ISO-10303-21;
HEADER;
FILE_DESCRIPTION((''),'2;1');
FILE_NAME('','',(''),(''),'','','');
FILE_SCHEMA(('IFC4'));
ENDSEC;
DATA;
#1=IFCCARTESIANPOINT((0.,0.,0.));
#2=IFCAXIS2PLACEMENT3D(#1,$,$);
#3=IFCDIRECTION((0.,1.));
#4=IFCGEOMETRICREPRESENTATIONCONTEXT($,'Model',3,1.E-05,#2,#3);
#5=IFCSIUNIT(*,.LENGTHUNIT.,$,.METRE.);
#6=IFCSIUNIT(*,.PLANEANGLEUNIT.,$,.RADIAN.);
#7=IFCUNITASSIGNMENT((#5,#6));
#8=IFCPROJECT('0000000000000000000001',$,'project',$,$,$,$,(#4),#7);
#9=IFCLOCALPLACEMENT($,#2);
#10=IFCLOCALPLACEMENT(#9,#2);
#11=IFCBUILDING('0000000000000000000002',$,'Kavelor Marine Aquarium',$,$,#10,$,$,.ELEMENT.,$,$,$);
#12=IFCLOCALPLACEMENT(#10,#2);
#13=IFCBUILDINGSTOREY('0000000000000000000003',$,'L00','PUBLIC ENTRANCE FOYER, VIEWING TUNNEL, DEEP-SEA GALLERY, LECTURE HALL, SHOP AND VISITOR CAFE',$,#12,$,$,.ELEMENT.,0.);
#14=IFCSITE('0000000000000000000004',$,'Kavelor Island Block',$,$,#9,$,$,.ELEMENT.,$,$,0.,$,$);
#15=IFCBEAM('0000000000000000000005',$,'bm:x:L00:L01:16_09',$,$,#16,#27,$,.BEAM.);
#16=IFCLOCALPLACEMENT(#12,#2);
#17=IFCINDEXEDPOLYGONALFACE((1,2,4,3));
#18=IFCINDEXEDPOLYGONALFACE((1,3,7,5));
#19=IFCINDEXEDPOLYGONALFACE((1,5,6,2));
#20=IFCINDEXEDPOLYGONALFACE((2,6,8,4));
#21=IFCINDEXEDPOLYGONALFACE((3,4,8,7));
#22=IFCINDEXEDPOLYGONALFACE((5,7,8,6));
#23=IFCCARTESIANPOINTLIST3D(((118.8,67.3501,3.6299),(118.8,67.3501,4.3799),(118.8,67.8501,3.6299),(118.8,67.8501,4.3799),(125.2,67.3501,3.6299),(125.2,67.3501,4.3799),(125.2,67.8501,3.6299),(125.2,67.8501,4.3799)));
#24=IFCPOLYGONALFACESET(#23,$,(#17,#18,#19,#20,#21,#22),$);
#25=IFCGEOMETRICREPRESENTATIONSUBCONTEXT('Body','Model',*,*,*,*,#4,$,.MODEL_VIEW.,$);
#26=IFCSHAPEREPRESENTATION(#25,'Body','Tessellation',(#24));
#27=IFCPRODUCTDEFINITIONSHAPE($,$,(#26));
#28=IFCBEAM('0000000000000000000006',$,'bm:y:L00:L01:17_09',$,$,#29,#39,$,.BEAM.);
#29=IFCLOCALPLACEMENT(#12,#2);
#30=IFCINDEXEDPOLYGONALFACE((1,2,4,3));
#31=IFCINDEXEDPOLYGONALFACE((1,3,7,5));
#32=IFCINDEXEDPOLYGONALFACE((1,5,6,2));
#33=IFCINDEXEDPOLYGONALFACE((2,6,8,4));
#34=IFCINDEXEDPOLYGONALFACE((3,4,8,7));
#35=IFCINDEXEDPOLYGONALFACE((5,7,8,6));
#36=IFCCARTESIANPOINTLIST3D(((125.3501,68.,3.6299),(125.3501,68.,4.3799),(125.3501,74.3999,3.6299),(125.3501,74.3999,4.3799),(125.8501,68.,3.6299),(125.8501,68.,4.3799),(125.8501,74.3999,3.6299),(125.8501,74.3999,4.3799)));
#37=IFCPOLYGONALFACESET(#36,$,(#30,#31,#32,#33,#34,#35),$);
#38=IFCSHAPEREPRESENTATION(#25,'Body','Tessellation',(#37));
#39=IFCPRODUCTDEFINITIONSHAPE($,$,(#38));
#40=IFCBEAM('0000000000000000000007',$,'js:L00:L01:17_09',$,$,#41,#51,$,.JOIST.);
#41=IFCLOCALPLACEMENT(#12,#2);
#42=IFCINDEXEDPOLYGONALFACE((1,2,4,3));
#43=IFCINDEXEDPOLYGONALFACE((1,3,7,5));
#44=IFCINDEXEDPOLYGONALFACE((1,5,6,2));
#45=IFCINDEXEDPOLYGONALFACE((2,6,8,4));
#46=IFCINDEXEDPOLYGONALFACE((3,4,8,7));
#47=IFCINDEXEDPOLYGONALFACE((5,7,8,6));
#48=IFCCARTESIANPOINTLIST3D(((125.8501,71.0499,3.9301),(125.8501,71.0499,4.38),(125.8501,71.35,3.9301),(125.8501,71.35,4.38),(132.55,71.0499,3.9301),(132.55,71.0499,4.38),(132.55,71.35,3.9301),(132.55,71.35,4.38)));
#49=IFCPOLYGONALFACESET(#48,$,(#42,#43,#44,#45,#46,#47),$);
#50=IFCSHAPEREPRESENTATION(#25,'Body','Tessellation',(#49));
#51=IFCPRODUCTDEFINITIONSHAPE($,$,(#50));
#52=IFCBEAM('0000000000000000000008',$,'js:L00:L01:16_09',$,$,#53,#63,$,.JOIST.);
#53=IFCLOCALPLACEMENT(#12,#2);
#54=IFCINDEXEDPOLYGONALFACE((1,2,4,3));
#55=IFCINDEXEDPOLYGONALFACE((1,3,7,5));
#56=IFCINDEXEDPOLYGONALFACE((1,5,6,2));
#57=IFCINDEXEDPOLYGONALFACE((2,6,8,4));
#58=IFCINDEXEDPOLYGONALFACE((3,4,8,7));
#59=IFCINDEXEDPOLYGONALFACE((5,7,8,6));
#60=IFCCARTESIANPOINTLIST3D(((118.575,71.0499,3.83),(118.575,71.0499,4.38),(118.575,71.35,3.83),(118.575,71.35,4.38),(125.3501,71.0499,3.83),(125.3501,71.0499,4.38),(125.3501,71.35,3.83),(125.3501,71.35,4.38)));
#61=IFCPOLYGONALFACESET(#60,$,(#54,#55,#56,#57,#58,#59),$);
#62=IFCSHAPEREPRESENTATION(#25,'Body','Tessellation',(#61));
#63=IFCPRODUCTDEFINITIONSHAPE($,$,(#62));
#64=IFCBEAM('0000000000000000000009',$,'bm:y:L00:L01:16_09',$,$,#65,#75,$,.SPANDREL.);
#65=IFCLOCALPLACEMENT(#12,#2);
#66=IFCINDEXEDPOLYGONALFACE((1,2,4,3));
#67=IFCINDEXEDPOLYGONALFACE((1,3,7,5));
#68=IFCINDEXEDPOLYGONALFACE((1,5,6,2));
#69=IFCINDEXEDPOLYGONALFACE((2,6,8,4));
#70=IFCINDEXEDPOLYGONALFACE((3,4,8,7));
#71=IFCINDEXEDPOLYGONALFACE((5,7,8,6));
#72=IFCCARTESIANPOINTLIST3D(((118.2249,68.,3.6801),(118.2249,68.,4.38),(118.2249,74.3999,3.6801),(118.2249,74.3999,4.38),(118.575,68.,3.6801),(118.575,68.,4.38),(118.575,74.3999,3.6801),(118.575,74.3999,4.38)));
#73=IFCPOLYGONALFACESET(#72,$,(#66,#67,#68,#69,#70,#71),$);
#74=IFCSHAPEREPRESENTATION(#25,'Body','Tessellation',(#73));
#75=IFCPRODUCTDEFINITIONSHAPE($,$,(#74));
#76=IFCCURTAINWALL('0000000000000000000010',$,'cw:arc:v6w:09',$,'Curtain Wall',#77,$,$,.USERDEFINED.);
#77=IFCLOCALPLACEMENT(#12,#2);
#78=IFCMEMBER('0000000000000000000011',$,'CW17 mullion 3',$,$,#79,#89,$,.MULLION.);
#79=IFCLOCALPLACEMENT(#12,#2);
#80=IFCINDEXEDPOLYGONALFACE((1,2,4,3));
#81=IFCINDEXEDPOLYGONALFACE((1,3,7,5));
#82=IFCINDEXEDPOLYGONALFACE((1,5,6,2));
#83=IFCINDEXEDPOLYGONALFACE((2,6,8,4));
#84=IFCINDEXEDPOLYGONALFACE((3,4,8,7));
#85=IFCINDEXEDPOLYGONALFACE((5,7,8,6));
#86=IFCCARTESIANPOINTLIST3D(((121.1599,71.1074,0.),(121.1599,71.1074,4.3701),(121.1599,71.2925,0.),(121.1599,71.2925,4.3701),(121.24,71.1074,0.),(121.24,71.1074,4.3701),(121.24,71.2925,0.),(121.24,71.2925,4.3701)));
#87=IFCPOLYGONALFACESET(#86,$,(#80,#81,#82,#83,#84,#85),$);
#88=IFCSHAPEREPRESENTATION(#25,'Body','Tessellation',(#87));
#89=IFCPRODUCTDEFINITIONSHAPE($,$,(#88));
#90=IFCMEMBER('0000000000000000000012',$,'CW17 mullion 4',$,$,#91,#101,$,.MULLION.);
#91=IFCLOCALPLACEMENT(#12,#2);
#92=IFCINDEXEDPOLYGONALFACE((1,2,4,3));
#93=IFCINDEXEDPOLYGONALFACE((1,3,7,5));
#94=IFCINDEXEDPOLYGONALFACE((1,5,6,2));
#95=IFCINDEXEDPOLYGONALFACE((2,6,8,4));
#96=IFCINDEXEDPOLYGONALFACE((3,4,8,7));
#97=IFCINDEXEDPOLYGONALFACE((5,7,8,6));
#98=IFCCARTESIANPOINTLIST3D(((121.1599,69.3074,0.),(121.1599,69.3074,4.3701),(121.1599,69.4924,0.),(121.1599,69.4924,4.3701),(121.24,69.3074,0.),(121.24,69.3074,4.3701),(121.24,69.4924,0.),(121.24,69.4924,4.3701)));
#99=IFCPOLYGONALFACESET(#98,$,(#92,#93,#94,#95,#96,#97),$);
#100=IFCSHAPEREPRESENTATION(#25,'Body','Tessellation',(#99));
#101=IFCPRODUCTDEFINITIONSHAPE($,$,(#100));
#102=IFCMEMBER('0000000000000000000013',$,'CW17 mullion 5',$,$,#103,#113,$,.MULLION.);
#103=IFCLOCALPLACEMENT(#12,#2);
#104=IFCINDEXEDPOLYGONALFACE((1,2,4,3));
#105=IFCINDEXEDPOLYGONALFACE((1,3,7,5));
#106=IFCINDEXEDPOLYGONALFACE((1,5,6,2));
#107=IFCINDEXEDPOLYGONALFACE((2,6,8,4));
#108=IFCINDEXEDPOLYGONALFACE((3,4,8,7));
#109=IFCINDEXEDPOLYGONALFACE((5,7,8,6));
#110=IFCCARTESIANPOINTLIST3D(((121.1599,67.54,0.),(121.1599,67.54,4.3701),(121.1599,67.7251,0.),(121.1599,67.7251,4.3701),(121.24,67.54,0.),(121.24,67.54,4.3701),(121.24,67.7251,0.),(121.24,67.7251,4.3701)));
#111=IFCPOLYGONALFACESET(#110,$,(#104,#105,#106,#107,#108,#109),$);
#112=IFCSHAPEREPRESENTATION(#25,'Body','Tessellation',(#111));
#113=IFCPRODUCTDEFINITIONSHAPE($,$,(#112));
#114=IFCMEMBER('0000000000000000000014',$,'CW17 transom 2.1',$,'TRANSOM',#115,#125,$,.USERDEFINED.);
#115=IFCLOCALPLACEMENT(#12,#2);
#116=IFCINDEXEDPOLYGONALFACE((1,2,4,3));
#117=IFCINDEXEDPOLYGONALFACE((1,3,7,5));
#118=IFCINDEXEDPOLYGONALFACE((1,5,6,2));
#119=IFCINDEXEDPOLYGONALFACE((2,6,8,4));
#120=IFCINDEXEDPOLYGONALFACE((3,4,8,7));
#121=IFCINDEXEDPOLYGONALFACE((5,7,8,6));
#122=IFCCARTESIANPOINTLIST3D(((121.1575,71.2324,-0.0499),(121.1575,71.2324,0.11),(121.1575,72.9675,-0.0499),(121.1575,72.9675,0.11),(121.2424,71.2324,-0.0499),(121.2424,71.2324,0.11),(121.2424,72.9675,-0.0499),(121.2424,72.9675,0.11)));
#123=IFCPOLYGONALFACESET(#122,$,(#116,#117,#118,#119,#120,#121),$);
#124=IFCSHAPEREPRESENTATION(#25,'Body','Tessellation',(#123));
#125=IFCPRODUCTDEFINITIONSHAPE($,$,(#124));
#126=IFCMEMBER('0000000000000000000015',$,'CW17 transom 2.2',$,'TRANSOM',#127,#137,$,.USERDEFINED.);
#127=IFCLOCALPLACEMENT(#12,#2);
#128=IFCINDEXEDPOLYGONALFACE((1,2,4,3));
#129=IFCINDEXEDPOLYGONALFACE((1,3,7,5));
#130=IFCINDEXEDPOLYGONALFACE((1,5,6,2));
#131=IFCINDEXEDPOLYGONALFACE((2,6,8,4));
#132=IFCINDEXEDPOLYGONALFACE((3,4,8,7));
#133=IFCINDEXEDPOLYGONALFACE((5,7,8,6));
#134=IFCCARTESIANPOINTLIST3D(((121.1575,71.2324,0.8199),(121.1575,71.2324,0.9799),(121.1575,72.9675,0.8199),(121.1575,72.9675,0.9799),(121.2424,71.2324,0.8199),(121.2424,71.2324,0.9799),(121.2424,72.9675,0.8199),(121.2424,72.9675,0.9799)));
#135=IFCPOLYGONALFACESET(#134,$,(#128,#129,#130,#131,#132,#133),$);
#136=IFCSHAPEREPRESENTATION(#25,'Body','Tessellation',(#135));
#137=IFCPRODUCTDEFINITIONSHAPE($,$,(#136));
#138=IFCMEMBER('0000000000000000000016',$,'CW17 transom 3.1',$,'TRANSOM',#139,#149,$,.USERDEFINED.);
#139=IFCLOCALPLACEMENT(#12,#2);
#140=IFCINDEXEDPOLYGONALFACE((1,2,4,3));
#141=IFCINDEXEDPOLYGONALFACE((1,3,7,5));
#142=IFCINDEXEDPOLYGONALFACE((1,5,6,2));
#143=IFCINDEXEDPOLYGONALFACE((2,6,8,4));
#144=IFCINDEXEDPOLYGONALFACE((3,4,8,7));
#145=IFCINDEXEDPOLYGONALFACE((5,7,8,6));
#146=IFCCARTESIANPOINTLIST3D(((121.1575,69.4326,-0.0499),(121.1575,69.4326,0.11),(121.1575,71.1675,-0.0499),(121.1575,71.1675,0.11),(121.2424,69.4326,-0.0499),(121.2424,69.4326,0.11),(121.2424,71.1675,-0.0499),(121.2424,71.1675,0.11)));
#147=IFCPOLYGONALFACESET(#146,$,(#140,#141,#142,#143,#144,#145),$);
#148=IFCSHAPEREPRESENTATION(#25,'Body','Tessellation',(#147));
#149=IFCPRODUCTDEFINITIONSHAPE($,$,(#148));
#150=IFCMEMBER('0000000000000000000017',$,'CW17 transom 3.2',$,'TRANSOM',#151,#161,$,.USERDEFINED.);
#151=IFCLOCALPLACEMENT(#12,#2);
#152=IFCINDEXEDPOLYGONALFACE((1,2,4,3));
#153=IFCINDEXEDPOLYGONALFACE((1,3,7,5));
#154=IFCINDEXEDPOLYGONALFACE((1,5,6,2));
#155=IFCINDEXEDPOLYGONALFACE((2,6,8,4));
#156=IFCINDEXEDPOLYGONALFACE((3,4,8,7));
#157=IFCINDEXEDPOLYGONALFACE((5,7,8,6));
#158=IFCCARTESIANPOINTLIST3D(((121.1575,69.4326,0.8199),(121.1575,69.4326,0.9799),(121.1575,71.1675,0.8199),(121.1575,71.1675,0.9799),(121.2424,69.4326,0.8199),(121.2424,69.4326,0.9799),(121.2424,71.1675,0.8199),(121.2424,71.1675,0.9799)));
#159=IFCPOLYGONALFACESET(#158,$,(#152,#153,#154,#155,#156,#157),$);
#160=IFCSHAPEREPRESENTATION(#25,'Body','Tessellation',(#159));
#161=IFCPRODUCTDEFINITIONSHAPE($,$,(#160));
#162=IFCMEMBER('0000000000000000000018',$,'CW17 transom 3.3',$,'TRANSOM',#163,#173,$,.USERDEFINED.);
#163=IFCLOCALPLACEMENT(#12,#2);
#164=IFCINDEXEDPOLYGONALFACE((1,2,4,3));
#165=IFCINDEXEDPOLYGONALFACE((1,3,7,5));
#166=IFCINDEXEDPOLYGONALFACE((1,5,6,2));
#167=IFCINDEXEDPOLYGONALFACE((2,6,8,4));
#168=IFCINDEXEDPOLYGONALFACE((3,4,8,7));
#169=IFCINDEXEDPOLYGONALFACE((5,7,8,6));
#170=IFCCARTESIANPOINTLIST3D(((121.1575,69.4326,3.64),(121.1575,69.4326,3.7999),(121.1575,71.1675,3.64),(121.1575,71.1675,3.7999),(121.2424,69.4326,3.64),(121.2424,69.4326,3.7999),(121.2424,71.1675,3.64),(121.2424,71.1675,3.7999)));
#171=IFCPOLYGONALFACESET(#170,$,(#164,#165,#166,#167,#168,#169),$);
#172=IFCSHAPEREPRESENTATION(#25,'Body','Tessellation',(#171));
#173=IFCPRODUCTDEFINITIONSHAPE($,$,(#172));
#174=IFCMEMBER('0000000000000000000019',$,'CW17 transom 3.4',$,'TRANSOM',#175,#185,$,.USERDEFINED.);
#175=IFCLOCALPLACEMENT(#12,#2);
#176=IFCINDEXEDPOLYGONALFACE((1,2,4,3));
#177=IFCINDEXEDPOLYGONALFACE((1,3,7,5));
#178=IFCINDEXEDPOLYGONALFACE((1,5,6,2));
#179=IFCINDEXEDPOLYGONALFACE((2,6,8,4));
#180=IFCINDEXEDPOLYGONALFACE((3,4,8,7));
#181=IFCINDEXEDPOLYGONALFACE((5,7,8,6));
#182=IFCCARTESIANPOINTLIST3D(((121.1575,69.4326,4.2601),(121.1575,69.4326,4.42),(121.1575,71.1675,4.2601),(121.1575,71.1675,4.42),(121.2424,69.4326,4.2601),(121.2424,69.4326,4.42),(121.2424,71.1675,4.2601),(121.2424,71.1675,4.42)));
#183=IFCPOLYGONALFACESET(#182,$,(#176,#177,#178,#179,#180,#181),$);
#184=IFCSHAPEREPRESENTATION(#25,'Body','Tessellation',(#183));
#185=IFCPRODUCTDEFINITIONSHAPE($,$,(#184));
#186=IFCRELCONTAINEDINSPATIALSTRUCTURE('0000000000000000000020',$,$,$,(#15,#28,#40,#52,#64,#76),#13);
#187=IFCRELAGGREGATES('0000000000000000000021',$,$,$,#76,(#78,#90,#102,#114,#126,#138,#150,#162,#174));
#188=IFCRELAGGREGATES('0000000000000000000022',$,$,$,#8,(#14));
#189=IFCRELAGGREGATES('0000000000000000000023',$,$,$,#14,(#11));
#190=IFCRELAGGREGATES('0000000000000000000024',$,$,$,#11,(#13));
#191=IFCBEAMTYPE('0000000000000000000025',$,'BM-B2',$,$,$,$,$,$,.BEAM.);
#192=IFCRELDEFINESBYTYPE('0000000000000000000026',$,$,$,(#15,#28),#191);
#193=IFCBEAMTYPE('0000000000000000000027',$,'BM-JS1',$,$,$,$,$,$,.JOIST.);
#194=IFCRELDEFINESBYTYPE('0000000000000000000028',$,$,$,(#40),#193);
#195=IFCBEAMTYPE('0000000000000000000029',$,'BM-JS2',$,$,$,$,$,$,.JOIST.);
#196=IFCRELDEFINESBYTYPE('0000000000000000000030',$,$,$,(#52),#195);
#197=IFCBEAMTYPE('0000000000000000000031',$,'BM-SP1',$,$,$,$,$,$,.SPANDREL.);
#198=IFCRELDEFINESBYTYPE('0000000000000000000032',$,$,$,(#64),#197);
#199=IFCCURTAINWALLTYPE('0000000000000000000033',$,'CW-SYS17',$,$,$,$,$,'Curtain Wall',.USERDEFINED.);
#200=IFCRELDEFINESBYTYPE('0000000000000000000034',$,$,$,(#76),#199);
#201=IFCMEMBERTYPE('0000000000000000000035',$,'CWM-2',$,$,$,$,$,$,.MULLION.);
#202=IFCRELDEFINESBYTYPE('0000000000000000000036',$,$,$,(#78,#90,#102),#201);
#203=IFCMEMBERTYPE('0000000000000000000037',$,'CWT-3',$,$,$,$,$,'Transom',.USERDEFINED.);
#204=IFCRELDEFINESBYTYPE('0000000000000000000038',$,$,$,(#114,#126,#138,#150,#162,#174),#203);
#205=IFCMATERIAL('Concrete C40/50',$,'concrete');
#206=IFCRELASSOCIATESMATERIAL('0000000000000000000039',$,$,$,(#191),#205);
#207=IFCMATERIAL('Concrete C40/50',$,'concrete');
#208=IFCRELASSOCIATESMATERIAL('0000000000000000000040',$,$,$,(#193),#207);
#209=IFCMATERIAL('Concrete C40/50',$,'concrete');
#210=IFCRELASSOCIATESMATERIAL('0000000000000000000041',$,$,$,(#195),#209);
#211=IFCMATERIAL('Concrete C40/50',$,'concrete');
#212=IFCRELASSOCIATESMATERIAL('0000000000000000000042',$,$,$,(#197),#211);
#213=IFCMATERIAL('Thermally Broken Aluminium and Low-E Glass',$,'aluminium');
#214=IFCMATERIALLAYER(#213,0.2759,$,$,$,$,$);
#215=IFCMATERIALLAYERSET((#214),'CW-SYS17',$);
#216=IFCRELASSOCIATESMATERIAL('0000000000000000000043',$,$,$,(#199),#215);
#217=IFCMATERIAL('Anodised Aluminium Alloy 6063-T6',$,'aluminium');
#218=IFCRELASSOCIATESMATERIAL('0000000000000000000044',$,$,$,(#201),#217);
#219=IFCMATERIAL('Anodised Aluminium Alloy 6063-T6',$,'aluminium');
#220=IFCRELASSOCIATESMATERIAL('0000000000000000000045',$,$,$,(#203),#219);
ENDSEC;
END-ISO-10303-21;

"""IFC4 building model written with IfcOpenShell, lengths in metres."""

from ifc_helpers import new_model, si_unit, direction, frame, origin, origin_2d, place, context, subcontext, project, spatial, rectangle, extrude, material, layer, layer_set, material_profile, profile_set, type_object, element, aggregate, save


model = new_model("IFC4")

# Units and contexts
model_context = context("Model", 3, precision=1e-05, world=origin(), true_north=direction((0.0, 1.0)))
body_context = subcontext(model_context, "Body", "Model", "MODEL_VIEW")
ifc_project = project(units=[si_unit("LENGTHUNIT", "METRE"), si_unit("PLANEANGLEUNIT", "RADIAN")], contexts=[model_context])

# Site, building, storey
site_placement = place(None, origin())
site = spatial("IfcSite", under=ifc_project, at=site_placement, Name="Kavelor Island Block", CompositionType="ELEMENT", RefElevation=0.0)
building_placement = place(site_placement, origin())
building = spatial("IfcBuilding", under=site, at=building_placement, Name="Kavelor Marine Aquarium", CompositionType="ELEMENT")
storey_placement = place(building_placement, origin())
storey = spatial("IfcBuildingStorey", under=building, at=storey_placement, Name="L00", Description="PUBLIC ENTRANCE FOYER, VIEWING TUNNEL, DEEP-SEA GALLERY, LECTURE HALL, SHOP AND VISITOR CAFE", CompositionType="ELEMENT", Elevation=0.0)

# Beams
ifc_material_1 = material(Name="Concrete C40/50", Category="concrete")
ifc_material_profile_1 = material_profile(ifc_material_1, rectangle(XDim=0.5, YDim=0.75, at=origin_2d()), Name="RC-BM 500x750")
ifc_profile_set_1 = profile_set([ifc_material_profile_1], Name="Concrete C40/50")
beam_type_1 = type_object("IfcBeamType", Name="BM-B2", PredefinedType="BEAM", material=ifc_profile_set_1)
for number, where, z_axis, x_axis, name in (
    (1, (118.8, 67.6001, 4.0049), (1.0, 0.0, 0.0), (0.0, 1.0, 0.0), "bm:x:L00:L01:16_09"),
    (2, (125.6001, 68.0, 4.0049), (0.0, 1.0, 0.0), (-1.0, 0.0, 0.0), "bm:y:L00:L01:17_09"),
):
    element("IfcBeam", number, at=place(storey_placement, frame(where, z_axis=z_axis, x_axis=x_axis)), inside=storey, type_object=beam_type_1, Name=name, PredefinedType="BEAM", context=body_context, shape_type="SweptSolid", body=[
        extrude(rectangle(XDim=0.5, YDim=0.75, at=origin_2d()), origin(), (0.0, 0.0, 1.0), 6.3999),
    ])
ifc_material_2 = material(Name="Concrete C40/50", Category="concrete")
ifc_material_profile_2 = material_profile(ifc_material_2, rectangle(XDim=0.3, YDim=0.45, at=origin_2d()), Name="RC-JS 300x450")
ifc_profile_set_2 = profile_set([ifc_material_profile_2], Name="Concrete C40/50")
beam_type_2 = type_object("IfcBeamType", Name="BM-JS1", PredefinedType="JOIST", material=ifc_profile_set_2)
beam_1_placement = place(storey_placement, frame((125.8501, 71.2, 4.155), z_axis=(1.0, 0.0, 0.0), x_axis=(0.0, 1.0, 0.0)))
element("IfcBeam", 3, at=beam_1_placement, inside=storey, type_object=beam_type_2, Name="js:L00:L01:17_09", PredefinedType="JOIST", context=body_context, shape_type="SweptSolid", body=[
    extrude(rectangle(XDim=0.3, YDim=0.45, at=origin_2d()), origin(), (0.0, 0.0, 1.0), 6.7),
])
ifc_material_3 = material(Name="Concrete C40/50", Category="concrete")
ifc_material_profile_3 = material_profile(ifc_material_3, rectangle(XDim=0.3, YDim=0.55, at=origin_2d()), Name="RC-JS 300x550")
ifc_profile_set_3 = profile_set([ifc_material_profile_3], Name="Concrete C40/50")
beam_type_3 = type_object("IfcBeamType", Name="BM-JS2", PredefinedType="JOIST", material=ifc_profile_set_3)
beam_2_placement = place(storey_placement, frame((118.575, 71.2, 4.105), z_axis=(1.0, 0.0, 0.0), x_axis=(0.0, 1.0, 0.0)))
element("IfcBeam", 4, at=beam_2_placement, inside=storey, type_object=beam_type_3, Name="js:L00:L01:16_09", PredefinedType="JOIST", context=body_context, shape_type="SweptSolid", body=[
    extrude(rectangle(XDim=0.3, YDim=0.55, at=origin_2d()), origin(), (0.0, 0.0, 1.0), 6.7751),
])
ifc_material_4 = material(Name="Concrete C40/50", Category="concrete")
ifc_material_profile_4 = material_profile(ifc_material_4, rectangle(XDim=0.3501, YDim=0.7, at=origin_2d()), Name="RC-SP 350x700")
ifc_profile_set_4 = profile_set([ifc_material_profile_4], Name="Concrete C40/50")
beam_type_4 = type_object("IfcBeamType", Name="BM-SP1", PredefinedType="SPANDREL", material=ifc_profile_set_4)
beam_3_placement = place(storey_placement, frame((118.3999, 68.0, 4.03), z_axis=(0.0, 1.0, 0.0), x_axis=(-1.0, 0.0, 0.0)))
element("IfcBeam", 5, at=beam_3_placement, inside=storey, type_object=beam_type_4, Name="bm:y:L00:L01:16_09", PredefinedType="SPANDREL", context=body_context, shape_type="SweptSolid", body=[
    extrude(rectangle(XDim=0.3501, YDim=0.7, at=origin_2d()), origin(), (0.0, 0.0, 1.0), 6.3999),
])

# Curtain wall, members
ifc_material_5 = material(Name="Thermally Broken Aluminium and Low-E Glass", Category="aluminium")
ifc_layer_1 = layer(ifc_material_5, 0.2759)
ifc_layer_set_1 = layer_set([ifc_layer_1], Name="CW-SYS17")
curtain_wall_type = type_object("IfcCurtainWallType", Name="CW-SYS17", ElementType="Curtain Wall", PredefinedType="USERDEFINED", material=ifc_layer_set_1)
curtain_wall_placement = place(storey_placement, origin())
curtain_wall = element("IfcCurtainWall", 6, at=curtain_wall_placement, inside=storey, type_object=curtain_wall_type, Name="cw:arc:v6w:09", ObjectType="Curtain Wall", PredefinedType="USERDEFINED")
ifc_material_6 = material(Name="Anodised Aluminium Alloy 6063-T6", Category="aluminium")
ifc_material_profile_5 = material_profile(ifc_material_6, rectangle(XDim=0.0801, YDim=0.1851, at=origin_2d()), Name="CW-MUL 80x185")
ifc_profile_set_5 = profile_set([ifc_material_profile_5], Name="Anodised Aluminium Alloy 6063-T6")
member_type_1 = type_object("IfcMemberType", Name="CWM-2", PredefinedType="MULLION", material=ifc_profile_set_5)
member_1_placement = place(storey_placement, frame((121.2, 71.2, 0.0), z_axis=(0.0, 0.0, 1.0), x_axis=(1.0, 0.0, 0.0)))
member_1 = element("IfcMember", 7, at=member_1_placement, type_object=member_type_1, Name="CW17 mullion 3", PredefinedType="MULLION", context=body_context, shape_type="SweptSolid", body=[
    extrude(rectangle(XDim=0.0801, YDim=0.1851, at=origin_2d()), origin(), (0.0, 0.0, 1.0), 4.3701),
])
member_2_placement = place(storey_placement, frame((121.2, 69.3999, 0.0), z_axis=(0.0, 0.0, 1.0), x_axis=(1.0, 0.0, 0.0)))
member_2 = element("IfcMember", 8, at=member_2_placement, type_object=member_type_1, Name="CW17 mullion 4", PredefinedType="MULLION", context=body_context, shape_type="SweptSolid", body=[
    extrude(rectangle(XDim=0.0801, YDim=0.1851, at=origin_2d()), origin(), (0.0, 0.0, 1.0), 4.3701),
])
member_3_placement = place(storey_placement, frame((121.2, 67.6326, 0.0), z_axis=(0.0, 0.0, 1.0), x_axis=(1.0, 0.0, 0.0)))
member_3 = element("IfcMember", 9, at=member_3_placement, type_object=member_type_1, Name="CW17 mullion 5", PredefinedType="MULLION", context=body_context, shape_type="SweptSolid", body=[
    extrude(rectangle(XDim=0.0801, YDim=0.1851, at=origin_2d()), origin(), (0.0, 0.0, 1.0), 4.3701),
])
ifc_material_7 = material(Name="Anodised Aluminium Alloy 6063-T6", Category="aluminium")
ifc_material_profile_6 = material_profile(ifc_material_7, rectangle(XDim=0.085, YDim=0.1599, at=origin_2d()), Name="CW-TRN 85x160")
ifc_profile_set_6 = profile_set([ifc_material_profile_6], Name="Anodised Aluminium Alloy 6063-T6")
member_type_2 = type_object("IfcMemberType", Name="CWT-3", ElementType="Transom", PredefinedType="USERDEFINED", material=ifc_profile_set_6)
member_4_placement = place(storey_placement, frame((121.2, 72.9675, 0.03), z_axis=(0.0, -1.0, 0.0), x_axis=(1.0, 0.0, 0.0)))
member_4 = element("IfcMember", 10, at=member_4_placement, type_object=member_type_2, Name="CW17 transom 2.1", ObjectType="TRANSOM", PredefinedType="USERDEFINED", context=body_context, shape_type="SweptSolid", body=[
    extrude(rectangle(XDim=0.085, YDim=0.1599, at=origin_2d()), origin(), (0.0, 0.0, 1.0), 1.7351),
])
member_5_placement = place(storey_placement, frame((121.2, 72.9675, 0.8999), z_axis=(0.0, -1.0, 0.0), x_axis=(1.0, 0.0, 0.0)))
member_5 = element("IfcMember", 11, at=member_5_placement, type_object=member_type_2, Name="CW17 transom 2.2", ObjectType="TRANSOM", PredefinedType="USERDEFINED", context=body_context, shape_type="SweptSolid", body=[
    extrude(rectangle(XDim=0.085, YDim=0.1599, at=origin_2d()), origin(), (0.0, 0.0, 1.0), 1.7351),
])
member_6_placement = place(storey_placement, frame((121.2, 71.1675, 0.03), z_axis=(0.0, -1.0, 0.0), x_axis=(1.0, 0.0, 0.0)))
member_6 = element("IfcMember", 12, at=member_6_placement, type_object=member_type_2, Name="CW17 transom 3.1", ObjectType="TRANSOM", PredefinedType="USERDEFINED", context=body_context, shape_type="SweptSolid", body=[
    extrude(rectangle(XDim=0.085, YDim=0.1599, at=origin_2d()), origin(), (0.0, 0.0, 1.0), 1.7349),
])
member_7_placement = place(storey_placement, frame((121.2, 71.1675, 0.8999), z_axis=(0.0, -1.0, 0.0), x_axis=(1.0, 0.0, 0.0)))
member_7 = element("IfcMember", 13, at=member_7_placement, type_object=member_type_2, Name="CW17 transom 3.2", ObjectType="TRANSOM", PredefinedType="USERDEFINED", context=body_context, shape_type="SweptSolid", body=[
    extrude(rectangle(XDim=0.085, YDim=0.1599, at=origin_2d()), origin(), (0.0, 0.0, 1.0), 1.7349),
])
member_8_placement = place(storey_placement, frame((121.2, 71.1675, 3.72), z_axis=(0.0, -1.0, 0.0), x_axis=(1.0, 0.0, 0.0)))
member_8 = element("IfcMember", 14, at=member_8_placement, type_object=member_type_2, Name="CW17 transom 3.3", ObjectType="TRANSOM", PredefinedType="USERDEFINED", context=body_context, shape_type="SweptSolid", body=[
    extrude(rectangle(XDim=0.085, YDim=0.1599, at=origin_2d()), origin(), (0.0, 0.0, 1.0), 1.7349),
])
member_9_placement = place(storey_placement, frame((121.2, 71.1675, 4.3401), z_axis=(0.0, -1.0, 0.0), x_axis=(1.0, 0.0, 0.0)))
member_9 = element("IfcMember", 15, at=member_9_placement, type_object=member_type_2, Name="CW17 transom 3.4", ObjectType="TRANSOM", PredefinedType="USERDEFINED", context=body_context, shape_type="SweptSolid", body=[
    extrude(rectangle(XDim=0.085, YDim=0.1599, at=origin_2d()), origin(), (0.0, 0.0, 1.0), 1.7349),
])
aggregate(curtain_wall, [member_1, member_2, member_3, member_4, member_5, member_6, member_7, member_8, member_9])

save(model, "model.ifc")
